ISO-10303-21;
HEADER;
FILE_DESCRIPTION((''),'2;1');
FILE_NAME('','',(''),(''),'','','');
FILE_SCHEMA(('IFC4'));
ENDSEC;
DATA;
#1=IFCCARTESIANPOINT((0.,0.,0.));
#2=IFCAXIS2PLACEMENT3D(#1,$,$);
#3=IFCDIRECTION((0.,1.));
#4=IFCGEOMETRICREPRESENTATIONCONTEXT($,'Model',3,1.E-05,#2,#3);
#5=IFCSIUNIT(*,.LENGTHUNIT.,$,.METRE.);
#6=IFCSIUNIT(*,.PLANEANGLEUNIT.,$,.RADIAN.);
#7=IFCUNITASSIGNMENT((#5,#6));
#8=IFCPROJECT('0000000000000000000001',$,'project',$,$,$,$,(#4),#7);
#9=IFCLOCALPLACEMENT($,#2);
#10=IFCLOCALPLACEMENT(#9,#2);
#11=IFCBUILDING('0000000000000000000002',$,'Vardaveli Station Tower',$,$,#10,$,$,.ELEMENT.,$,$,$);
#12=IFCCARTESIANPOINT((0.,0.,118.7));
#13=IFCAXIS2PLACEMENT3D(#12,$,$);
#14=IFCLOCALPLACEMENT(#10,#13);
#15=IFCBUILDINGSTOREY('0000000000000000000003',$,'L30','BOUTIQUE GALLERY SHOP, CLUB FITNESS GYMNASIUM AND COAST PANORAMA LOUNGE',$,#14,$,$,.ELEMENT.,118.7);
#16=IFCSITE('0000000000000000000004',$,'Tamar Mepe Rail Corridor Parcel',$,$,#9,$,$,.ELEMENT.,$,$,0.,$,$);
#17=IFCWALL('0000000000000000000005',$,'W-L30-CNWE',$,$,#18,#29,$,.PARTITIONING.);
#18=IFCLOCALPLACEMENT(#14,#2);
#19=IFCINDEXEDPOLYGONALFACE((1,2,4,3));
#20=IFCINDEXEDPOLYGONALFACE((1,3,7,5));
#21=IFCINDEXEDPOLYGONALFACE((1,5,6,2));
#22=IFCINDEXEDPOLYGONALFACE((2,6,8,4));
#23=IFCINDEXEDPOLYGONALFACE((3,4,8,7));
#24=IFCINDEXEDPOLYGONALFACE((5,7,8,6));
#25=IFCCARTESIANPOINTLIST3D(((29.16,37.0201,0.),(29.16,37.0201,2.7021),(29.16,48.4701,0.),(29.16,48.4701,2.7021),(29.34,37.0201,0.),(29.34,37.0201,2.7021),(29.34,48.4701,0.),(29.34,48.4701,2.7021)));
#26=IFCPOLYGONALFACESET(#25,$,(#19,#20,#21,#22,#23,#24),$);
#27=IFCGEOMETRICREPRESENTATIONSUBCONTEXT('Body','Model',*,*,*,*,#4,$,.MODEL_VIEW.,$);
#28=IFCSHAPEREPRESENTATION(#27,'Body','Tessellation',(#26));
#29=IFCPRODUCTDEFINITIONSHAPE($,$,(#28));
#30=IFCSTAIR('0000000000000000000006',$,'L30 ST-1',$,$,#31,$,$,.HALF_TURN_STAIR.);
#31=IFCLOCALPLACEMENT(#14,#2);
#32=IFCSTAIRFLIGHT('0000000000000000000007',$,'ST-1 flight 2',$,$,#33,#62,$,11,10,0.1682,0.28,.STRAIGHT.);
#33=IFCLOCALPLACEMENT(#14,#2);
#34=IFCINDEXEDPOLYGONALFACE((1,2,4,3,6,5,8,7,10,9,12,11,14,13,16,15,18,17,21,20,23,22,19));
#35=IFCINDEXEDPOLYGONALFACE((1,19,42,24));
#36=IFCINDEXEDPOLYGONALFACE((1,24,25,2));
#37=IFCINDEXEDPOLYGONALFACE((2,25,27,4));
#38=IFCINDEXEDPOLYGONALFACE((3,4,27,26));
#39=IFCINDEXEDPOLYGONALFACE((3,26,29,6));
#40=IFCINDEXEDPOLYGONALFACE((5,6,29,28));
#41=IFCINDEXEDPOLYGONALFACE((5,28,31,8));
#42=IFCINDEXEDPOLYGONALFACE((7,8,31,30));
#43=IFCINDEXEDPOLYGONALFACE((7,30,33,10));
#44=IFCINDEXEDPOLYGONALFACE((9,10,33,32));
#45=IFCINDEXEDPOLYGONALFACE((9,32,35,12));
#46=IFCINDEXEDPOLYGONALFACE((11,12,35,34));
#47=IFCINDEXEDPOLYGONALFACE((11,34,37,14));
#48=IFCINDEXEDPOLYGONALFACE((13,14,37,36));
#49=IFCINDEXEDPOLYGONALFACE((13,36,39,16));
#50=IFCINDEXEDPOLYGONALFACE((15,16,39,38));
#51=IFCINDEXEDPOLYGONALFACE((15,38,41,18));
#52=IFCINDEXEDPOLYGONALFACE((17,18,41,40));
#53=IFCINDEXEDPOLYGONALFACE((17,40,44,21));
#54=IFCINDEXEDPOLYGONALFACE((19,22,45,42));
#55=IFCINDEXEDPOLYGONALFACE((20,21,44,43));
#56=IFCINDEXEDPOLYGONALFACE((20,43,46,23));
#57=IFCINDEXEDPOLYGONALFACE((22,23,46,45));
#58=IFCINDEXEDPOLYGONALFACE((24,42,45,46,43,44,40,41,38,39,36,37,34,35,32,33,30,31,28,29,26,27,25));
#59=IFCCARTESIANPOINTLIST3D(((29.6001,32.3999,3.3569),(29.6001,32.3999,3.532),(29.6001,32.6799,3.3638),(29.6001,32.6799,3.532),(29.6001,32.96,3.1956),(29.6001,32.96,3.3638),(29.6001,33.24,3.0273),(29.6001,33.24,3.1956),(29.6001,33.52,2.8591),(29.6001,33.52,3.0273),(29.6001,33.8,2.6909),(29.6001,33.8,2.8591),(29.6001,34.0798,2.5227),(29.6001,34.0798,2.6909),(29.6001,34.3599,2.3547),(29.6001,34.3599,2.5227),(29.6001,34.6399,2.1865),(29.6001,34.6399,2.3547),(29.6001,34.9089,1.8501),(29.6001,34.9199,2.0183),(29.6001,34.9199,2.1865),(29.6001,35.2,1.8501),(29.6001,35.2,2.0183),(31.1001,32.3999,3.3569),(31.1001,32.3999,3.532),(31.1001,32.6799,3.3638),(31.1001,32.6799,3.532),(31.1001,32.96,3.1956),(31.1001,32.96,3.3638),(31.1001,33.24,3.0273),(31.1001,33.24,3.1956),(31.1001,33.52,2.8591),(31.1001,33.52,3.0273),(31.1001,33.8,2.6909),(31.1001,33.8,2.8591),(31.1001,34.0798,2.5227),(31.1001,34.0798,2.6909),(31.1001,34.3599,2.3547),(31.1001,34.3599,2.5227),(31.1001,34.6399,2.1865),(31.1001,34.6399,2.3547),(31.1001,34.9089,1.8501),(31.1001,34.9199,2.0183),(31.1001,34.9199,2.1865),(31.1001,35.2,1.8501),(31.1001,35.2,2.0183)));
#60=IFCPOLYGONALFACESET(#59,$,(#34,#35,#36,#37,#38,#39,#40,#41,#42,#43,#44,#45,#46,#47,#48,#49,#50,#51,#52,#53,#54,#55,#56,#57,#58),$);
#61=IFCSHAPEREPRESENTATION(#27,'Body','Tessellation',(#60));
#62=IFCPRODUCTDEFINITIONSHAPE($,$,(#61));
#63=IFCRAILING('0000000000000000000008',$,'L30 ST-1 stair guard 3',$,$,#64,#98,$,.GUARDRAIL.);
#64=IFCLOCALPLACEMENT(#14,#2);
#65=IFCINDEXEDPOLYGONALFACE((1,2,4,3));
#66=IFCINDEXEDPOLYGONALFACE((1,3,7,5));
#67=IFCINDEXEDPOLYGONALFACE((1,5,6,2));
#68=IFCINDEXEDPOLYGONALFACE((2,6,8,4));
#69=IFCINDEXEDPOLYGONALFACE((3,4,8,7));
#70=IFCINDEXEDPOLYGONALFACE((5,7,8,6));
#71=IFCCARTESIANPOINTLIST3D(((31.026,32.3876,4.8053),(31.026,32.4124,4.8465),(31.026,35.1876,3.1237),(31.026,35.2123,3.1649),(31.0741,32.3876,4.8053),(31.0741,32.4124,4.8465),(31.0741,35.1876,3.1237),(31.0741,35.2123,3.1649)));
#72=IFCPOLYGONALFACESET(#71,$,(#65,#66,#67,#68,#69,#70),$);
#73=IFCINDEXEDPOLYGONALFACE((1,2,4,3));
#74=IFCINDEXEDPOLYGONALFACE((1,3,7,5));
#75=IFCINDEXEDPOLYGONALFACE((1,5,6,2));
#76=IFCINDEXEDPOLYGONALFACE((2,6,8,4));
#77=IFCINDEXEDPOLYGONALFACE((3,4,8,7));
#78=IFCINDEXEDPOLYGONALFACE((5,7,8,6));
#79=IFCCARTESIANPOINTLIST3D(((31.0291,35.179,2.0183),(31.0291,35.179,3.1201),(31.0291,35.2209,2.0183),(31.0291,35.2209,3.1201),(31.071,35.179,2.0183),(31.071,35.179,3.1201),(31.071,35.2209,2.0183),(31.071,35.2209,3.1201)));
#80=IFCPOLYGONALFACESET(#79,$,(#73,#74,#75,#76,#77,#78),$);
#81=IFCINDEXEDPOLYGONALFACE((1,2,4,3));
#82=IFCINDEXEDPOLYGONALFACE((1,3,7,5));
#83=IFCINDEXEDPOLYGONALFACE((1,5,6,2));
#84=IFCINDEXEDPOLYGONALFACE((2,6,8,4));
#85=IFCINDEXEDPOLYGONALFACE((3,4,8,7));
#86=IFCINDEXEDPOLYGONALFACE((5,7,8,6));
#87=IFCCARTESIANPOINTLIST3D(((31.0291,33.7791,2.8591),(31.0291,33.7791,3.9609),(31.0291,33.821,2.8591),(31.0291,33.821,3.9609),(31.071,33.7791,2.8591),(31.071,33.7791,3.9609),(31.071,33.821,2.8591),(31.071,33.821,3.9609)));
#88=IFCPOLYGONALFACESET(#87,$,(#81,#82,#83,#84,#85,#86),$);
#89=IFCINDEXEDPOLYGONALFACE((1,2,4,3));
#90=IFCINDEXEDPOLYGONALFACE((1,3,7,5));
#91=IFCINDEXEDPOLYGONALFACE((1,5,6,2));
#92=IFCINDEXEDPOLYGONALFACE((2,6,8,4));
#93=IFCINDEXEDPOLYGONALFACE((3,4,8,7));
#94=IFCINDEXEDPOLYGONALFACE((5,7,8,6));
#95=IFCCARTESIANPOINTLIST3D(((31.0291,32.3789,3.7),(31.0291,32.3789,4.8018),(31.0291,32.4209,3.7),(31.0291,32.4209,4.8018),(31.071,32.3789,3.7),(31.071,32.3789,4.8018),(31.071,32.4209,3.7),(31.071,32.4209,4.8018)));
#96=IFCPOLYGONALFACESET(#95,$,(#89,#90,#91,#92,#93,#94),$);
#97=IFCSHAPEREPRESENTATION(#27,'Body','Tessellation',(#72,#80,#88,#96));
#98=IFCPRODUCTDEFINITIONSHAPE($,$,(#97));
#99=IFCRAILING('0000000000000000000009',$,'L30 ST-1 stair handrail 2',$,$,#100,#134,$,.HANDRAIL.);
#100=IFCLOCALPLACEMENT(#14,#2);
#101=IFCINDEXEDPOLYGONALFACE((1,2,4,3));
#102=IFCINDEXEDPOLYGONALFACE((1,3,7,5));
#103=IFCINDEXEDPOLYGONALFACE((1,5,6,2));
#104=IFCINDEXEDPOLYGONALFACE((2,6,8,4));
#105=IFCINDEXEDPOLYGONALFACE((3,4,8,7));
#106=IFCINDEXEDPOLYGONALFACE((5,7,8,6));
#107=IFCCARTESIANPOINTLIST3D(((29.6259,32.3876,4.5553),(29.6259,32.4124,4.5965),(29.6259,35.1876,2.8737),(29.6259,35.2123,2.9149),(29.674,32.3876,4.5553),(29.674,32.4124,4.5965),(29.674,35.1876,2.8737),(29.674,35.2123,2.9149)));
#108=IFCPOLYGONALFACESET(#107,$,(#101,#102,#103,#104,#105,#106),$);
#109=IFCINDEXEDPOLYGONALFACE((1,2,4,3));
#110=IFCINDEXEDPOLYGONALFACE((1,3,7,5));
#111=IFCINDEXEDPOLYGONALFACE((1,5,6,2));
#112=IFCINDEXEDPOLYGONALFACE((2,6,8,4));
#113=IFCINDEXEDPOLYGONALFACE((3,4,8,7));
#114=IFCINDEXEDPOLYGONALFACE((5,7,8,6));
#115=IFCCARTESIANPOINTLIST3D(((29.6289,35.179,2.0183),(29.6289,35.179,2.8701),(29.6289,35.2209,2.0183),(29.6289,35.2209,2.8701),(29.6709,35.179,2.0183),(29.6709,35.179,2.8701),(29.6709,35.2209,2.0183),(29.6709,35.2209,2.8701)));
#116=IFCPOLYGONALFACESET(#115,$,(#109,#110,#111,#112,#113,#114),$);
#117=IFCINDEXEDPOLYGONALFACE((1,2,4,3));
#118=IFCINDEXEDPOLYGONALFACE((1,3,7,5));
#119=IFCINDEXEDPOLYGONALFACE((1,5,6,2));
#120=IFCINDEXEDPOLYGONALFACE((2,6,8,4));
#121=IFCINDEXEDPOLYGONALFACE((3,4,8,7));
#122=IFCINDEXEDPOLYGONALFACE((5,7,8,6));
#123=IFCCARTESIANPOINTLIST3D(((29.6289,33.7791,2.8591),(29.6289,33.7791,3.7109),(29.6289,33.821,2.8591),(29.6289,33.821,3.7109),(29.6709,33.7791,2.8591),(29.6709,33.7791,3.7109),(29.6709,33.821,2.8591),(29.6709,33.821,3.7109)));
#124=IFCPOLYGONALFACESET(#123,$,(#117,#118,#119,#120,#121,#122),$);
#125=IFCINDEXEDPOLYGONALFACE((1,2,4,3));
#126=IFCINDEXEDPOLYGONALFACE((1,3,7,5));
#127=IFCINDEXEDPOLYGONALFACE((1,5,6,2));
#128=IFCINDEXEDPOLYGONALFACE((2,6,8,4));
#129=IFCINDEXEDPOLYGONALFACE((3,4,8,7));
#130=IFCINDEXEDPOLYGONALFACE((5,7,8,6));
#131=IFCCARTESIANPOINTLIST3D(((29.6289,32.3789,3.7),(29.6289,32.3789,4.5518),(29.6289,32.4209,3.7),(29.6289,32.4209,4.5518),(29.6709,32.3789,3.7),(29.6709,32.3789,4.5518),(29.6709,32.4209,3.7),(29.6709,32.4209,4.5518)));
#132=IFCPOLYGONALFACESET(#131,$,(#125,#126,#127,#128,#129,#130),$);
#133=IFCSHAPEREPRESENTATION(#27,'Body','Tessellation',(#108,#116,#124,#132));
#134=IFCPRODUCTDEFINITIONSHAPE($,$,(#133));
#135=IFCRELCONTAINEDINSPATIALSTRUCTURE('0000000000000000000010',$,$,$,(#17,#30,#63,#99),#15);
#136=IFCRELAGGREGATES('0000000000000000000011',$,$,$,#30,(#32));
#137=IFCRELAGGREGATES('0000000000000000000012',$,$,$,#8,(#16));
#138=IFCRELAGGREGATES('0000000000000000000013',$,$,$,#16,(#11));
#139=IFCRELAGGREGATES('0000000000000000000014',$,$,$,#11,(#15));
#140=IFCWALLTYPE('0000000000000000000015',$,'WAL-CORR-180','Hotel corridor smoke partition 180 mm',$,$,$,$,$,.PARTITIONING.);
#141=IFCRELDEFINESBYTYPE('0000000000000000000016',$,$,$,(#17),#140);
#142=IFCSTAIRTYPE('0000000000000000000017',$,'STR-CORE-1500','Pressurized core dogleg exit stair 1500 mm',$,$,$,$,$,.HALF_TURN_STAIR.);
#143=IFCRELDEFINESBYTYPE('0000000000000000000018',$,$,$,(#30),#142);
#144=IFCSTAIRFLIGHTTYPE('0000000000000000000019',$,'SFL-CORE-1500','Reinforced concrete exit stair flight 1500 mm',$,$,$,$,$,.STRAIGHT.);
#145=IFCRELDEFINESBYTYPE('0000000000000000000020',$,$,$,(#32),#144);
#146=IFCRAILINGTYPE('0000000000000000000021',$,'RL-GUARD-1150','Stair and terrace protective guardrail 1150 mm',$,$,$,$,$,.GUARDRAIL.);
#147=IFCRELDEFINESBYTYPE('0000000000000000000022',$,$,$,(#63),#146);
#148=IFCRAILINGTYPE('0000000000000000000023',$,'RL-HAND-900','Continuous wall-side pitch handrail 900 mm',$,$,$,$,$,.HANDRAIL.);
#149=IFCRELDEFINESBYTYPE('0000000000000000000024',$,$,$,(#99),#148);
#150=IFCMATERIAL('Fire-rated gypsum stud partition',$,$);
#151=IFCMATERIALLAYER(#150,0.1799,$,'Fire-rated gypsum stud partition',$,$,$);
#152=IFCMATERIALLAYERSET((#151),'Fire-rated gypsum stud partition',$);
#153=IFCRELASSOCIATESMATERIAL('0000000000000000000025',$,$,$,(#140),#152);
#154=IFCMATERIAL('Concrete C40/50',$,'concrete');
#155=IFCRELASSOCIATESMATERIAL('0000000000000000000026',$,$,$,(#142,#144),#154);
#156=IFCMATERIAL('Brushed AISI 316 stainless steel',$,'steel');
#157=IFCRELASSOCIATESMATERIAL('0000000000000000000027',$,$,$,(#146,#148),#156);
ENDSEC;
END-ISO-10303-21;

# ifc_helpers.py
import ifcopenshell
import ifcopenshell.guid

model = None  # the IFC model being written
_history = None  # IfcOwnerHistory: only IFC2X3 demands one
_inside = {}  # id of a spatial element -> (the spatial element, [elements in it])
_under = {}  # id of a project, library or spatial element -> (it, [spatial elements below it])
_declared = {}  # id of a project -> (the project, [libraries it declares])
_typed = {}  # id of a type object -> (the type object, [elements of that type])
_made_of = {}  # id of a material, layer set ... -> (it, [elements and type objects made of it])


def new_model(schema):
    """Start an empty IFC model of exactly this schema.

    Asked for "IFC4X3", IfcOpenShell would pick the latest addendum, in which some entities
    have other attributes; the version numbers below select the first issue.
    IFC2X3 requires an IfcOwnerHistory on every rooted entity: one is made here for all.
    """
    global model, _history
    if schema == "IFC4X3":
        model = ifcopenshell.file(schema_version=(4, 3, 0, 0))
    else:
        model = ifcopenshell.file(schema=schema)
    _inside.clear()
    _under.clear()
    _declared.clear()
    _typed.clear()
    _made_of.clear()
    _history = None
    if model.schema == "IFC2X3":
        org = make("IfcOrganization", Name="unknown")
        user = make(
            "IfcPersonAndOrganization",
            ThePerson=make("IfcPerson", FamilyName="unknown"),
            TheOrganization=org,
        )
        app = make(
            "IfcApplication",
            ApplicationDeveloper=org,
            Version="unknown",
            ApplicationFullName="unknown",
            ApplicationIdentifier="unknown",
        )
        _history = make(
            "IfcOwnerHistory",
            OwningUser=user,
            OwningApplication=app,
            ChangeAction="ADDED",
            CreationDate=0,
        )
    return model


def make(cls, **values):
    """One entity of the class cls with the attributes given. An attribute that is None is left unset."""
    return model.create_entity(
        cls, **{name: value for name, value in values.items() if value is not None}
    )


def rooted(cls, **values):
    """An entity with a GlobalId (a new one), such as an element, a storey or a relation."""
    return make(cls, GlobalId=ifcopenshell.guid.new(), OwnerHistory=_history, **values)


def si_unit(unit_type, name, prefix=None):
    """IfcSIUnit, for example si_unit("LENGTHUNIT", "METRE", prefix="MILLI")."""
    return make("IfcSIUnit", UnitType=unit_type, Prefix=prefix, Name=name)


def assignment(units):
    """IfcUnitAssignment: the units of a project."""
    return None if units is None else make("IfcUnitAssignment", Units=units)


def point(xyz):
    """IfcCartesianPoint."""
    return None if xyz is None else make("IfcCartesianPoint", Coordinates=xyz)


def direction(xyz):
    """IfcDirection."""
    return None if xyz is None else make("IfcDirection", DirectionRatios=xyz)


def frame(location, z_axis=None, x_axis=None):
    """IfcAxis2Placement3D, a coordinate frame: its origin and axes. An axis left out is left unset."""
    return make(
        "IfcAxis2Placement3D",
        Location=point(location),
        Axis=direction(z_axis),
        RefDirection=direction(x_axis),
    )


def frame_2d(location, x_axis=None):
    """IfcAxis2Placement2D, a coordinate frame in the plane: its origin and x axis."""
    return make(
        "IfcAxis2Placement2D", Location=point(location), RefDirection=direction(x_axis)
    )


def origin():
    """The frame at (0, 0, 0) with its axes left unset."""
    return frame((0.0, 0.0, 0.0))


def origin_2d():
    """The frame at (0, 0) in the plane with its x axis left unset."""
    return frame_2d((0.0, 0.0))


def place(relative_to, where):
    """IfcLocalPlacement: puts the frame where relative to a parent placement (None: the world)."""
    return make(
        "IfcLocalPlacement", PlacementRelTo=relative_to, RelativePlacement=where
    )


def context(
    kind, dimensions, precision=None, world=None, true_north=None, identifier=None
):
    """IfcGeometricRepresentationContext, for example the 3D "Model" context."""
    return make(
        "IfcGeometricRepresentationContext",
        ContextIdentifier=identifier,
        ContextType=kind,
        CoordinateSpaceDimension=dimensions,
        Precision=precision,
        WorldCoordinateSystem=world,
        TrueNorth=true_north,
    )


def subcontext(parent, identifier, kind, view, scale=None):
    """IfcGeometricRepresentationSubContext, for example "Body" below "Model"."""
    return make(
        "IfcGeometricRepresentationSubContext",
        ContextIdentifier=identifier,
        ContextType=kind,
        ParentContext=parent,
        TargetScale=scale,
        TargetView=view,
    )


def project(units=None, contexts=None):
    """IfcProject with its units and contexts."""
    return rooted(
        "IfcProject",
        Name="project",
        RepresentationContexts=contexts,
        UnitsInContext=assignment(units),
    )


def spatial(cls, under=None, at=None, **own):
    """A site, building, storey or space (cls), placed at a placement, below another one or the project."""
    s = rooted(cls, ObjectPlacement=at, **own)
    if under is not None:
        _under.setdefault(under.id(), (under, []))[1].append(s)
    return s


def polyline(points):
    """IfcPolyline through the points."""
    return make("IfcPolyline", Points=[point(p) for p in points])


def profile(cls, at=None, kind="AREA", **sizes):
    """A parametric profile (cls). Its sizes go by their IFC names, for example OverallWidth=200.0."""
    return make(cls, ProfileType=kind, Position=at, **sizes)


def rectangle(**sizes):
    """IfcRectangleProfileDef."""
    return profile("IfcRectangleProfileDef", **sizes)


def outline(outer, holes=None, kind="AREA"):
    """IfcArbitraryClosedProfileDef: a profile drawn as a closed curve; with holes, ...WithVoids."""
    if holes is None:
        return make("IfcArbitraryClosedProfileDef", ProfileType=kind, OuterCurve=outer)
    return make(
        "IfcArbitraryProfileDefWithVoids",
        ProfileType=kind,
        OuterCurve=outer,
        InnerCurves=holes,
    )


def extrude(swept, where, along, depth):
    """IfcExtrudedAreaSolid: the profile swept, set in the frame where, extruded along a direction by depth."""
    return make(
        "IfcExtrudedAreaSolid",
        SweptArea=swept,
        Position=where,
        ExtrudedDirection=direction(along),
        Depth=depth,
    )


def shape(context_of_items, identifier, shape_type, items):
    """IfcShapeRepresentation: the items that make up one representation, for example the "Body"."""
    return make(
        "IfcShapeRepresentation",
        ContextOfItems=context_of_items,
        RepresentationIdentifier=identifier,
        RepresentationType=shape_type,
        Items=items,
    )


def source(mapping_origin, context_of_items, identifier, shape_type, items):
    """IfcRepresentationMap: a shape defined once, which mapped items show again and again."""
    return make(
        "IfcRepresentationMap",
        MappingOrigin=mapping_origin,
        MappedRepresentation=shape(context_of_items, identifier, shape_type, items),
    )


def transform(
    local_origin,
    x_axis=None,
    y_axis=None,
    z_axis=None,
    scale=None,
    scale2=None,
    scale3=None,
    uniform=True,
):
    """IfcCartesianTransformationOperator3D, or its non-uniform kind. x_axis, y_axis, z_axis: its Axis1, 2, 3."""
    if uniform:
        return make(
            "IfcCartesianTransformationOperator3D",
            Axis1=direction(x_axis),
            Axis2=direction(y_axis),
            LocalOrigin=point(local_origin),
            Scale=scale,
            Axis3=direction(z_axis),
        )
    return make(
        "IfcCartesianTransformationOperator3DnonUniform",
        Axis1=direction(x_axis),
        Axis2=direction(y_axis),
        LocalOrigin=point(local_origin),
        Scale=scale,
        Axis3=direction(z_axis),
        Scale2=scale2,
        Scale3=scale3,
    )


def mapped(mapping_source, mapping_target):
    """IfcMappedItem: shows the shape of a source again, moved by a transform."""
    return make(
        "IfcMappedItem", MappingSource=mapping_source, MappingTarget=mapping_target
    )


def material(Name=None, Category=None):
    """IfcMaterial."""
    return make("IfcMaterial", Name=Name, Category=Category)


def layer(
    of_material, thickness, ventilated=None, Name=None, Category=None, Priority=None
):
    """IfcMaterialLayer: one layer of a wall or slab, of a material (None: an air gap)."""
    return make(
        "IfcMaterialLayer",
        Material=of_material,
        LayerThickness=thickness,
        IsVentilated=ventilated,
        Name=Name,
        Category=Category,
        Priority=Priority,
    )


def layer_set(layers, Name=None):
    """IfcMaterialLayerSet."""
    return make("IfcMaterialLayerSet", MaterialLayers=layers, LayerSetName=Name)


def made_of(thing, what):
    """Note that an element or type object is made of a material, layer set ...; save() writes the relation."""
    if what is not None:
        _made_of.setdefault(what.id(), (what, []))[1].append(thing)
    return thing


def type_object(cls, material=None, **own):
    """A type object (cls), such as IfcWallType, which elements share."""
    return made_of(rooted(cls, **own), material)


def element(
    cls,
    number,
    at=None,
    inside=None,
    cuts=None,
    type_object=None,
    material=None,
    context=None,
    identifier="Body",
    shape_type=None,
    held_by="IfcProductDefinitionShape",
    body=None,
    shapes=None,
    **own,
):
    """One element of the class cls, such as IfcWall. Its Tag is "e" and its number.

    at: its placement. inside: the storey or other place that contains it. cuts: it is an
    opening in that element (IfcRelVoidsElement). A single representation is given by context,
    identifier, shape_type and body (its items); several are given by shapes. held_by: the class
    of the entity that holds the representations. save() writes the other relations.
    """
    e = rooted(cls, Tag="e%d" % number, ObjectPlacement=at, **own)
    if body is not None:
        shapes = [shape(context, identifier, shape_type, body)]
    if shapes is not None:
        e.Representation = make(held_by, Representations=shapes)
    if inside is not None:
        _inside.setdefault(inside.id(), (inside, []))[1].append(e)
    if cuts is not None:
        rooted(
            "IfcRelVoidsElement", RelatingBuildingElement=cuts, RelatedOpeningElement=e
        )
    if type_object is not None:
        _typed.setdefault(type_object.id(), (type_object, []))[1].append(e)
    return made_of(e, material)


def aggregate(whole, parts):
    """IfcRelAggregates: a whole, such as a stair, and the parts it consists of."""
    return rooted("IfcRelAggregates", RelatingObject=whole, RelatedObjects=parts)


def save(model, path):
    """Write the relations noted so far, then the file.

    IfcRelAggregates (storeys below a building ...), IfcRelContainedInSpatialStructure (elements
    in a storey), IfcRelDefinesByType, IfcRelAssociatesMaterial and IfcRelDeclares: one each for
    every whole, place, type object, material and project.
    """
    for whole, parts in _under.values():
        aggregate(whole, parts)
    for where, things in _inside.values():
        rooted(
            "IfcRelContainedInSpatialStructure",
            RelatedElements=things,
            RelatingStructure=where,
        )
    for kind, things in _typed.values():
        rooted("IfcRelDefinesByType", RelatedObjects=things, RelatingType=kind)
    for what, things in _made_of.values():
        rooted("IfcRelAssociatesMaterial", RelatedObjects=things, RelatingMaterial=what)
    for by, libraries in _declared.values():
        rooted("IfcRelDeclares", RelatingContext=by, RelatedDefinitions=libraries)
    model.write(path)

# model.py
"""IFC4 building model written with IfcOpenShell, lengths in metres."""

from ifc_helpers import new_model, si_unit, direction, frame, frame_2d, origin, origin_2d, place, context, subcontext, project, spatial, polyline, rectangle, outline, extrude, source, transform, mapped, material, layer, layer_set, type_object, element, aggregate, save


model = new_model("IFC4")

# Units and contexts
model_context = context("Model", 3, precision=1e-05, world=origin(), true_north=direction((0.0, 1.0)))
body_context = subcontext(model_context, "Body", "Model", "MODEL_VIEW")
ifc_project = project(units=[si_unit("LENGTHUNIT", "METRE"), si_unit("PLANEANGLEUNIT", "RADIAN")], contexts=[model_context])

# Site, building, storey
site_placement = place(None, origin())
site = spatial("IfcSite", under=ifc_project, at=site_placement, Name="Tamar Mepe Rail Corridor Parcel", CompositionType="ELEMENT", RefElevation=0.0)
building_placement = place(site_placement, origin())
building = spatial("IfcBuilding", under=site, at=building_placement, Name="Vardaveli Station Tower", CompositionType="ELEMENT")
storey_placement = place(building_placement, frame((0.0, 0.0, 118.7)))
storey = spatial("IfcBuildingStorey", under=building, at=storey_placement, Name="L30", Description="BOUTIQUE GALLERY SHOP, CLUB FITNESS GYMNASIUM AND COAST PANORAMA LOUNGE", CompositionType="ELEMENT", Elevation=118.7)

# Shared definitions
ifc_material_1 = material(Name="Concrete C40/50", Category="concrete")

# Shared definitions
ifc_material_2 = material(Name="Fire-rated gypsum stud partition")
ifc_layer_1 = layer(ifc_material_2, 0.1799, Name="Fire-rated gypsum stud partition")
ifc_layer_set_1 = layer_set([ifc_layer_1], Name="Fire-rated gypsum stud partition")
wall_type_1 = type_object("IfcWallType", Name="WAL-CORR-180", Description="Hotel corridor smoke partition 180 mm", PredefinedType="PARTITIONING", material=ifc_layer_set_1)

# Wall
shared_shape_1 = source(origin(), body_context, "Body", "SweptSolid", [
    extrude(rectangle(XDim=11.45, YDim=0.1799, at=frame_2d((5.7251, 0.0))), origin(), (0.0, 0.0, 1.0), 2.7021),
])
wall_1_placement = place(storey_placement, frame((29.25, 37.02, 0.0), z_axis=(0.0, 0.0, 1.0), x_axis=(0.0, 1.0, 0.0)))
element("IfcWall", 1, at=wall_1_placement, inside=storey, type_object=wall_type_1, Name="W-L30-CNWE", PredefinedType="PARTITIONING", context=body_context, shape_type="MappedRepresentation", body=[
    mapped(shared_shape_1, transform((0.0, 0.0, 0.0), scale=1.0)),
])

# Stair, stair flight
stair_type = type_object("IfcStairType", Name="STR-CORE-1500", Description="Pressurized core dogleg exit stair 1500 mm", PredefinedType="HALF_TURN_STAIR", material=ifc_material_1)
stair_placement = place(storey_placement, origin())
stair = element("IfcStair", 2, at=stair_placement, inside=storey, type_object=stair_type, Name="L30 ST-1", PredefinedType="HALF_TURN_STAIR")
stair_flight_type = type_object("IfcStairFlightType", Name="SFL-CORE-1500", Description="Reinforced concrete exit stair flight 1500 mm", PredefinedType="STRAIGHT", material=ifc_material_1)
shared_shape_2 = source(origin(), body_context, "Body", "SweptSolid", [
    extrude(outline(polyline([(0.0, 0.0), (0.0, 0.1682), (0.28, 0.1682), (0.28, 0.3364), (0.5601, 0.3364), (0.5601, 0.5046), (0.8401, 0.5046), (0.8401, 0.6726), (1.1201, 0.6726), (1.1201, 0.8408), (1.3999, 0.8408), (1.3999, 1.009), (1.6799, 1.009), (1.6799, 1.1772), (1.96, 1.1772), (1.96, 1.3455), (2.24, 1.3455), (2.24, 1.5137), (2.52, 1.5137), (2.52, 1.6819), (2.8, 1.6819), (2.8, 1.8501), (2.8, 1.5068), (0.291, 0.0), (0.0, 0.0)])), frame((0.0, 0.75, 0.0), z_axis=(0.0, -1.0, 0.0), x_axis=(1.0, 0.0, 0.0)), (0.0, 0.0, 1.0), 1.5),
])
stair_flight_placement = place(storey_placement, frame((30.3501, 35.2, 1.8501), z_axis=(0.0, 0.0, 1.0), x_axis=(0.0, -1.0, 0.0)))
stair_flight = element("IfcStairFlight", 3, at=stair_flight_placement, type_object=stair_flight_type, Name="ST-1 flight 2", NumberOfRisers=11, NumberOfTreads=10, PredefinedType="STRAIGHT", RiserHeight=0.1682, TreadLength=0.28, context=body_context, shape_type="MappedRepresentation", body=[
    mapped(shared_shape_2, transform((0.0, 0.0, 0.0), scale=1.0)),
])
aggregate(stair, [stair_flight])

# Railings
ifc_material_3 = material(Name="Brushed AISI 316 stainless steel", Category="steel")
railing_type_1 = type_object("IfcRailingType", Name="RL-GUARD-1150", Description="Stair and terrace protective guardrail 1150 mm", PredefinedType="GUARDRAIL", material=ifc_material_3)
shared_shape_3 = source(origin(), body_context, "Body", "SweptSolid", [
    extrude(rectangle(XDim=0.0481, YDim=0.0481, at=origin_2d()), frame((0.0, 0.0, 1.126), z_axis=(0.0, -0.857275, 0.514858), x_axis=(1.0, 0.0, 0.0)), (0.0, 0.0, 1.0), 3.2661),
    extrude(rectangle(XDim=0.042, YDim=0.042, at=origin_2d()), origin(), (0.0, 0.0, 1.0), 1.1018),
    extrude(rectangle(XDim=0.042, YDim=0.042, at=origin_2d()), frame((0.0, -1.3999, 0.8408)), (0.0, 0.0, 1.0), 1.1018),
    extrude(rectangle(XDim=0.042, YDim=0.042, at=origin_2d()), frame((0.0, -2.8, 1.6816)), (0.0, 0.0, 1.0), 1.1018),
])
railing_1_placement = place(storey_placement, frame((31.05, 35.2, 2.0183)))
element("IfcRailing", 4, at=railing_1_placement, inside=storey, type_object=railing_type_1, Name="L30 ST-1 stair guard 3", PredefinedType="GUARDRAIL", context=body_context, shape_type="MappedRepresentation", body=[
    mapped(shared_shape_3, transform((0.0, 0.0, 0.0), scale=1.0)),
])
railing_type_2 = type_object("IfcRailingType", Name="RL-HAND-900", Description="Continuous wall-side pitch handrail 900 mm", PredefinedType="HANDRAIL", material=ifc_material_3)
shared_shape_4 = source(origin(), body_context, "Body", "SweptSolid", [
    extrude(rectangle(XDim=0.0481, YDim=0.0481, at=origin_2d()), frame((0.0, 0.0, 0.876), z_axis=(0.0, -0.857275, 0.514858), x_axis=(1.0, 0.0, 0.0)), (0.0, 0.0, 1.0), 3.2661),
    extrude(rectangle(XDim=0.042, YDim=0.042, at=origin_2d()), origin(), (0.0, 0.0, 1.0), 0.8518),
    extrude(rectangle(XDim=0.042, YDim=0.042, at=origin_2d()), frame((0.0, -1.3999, 0.8408)), (0.0, 0.0, 1.0), 0.8518),
    extrude(rectangle(XDim=0.042, YDim=0.042, at=origin_2d()), frame((0.0, -2.8, 1.6816)), (0.0, 0.0, 1.0), 0.8518),
])
railing_2_placement = place(storey_placement, frame((29.6499, 35.2, 2.0183)))
element("IfcRailing", 5, at=railing_2_placement, inside=storey, type_object=railing_type_2, Name="L30 ST-1 stair handrail 2", PredefinedType="HANDRAIL", context=body_context, shape_type="MappedRepresentation", body=[
    mapped(shared_shape_4, transform((0.0, 0.0, 0.0), scale=1.0)),
])

save(model, "model.ifc")
